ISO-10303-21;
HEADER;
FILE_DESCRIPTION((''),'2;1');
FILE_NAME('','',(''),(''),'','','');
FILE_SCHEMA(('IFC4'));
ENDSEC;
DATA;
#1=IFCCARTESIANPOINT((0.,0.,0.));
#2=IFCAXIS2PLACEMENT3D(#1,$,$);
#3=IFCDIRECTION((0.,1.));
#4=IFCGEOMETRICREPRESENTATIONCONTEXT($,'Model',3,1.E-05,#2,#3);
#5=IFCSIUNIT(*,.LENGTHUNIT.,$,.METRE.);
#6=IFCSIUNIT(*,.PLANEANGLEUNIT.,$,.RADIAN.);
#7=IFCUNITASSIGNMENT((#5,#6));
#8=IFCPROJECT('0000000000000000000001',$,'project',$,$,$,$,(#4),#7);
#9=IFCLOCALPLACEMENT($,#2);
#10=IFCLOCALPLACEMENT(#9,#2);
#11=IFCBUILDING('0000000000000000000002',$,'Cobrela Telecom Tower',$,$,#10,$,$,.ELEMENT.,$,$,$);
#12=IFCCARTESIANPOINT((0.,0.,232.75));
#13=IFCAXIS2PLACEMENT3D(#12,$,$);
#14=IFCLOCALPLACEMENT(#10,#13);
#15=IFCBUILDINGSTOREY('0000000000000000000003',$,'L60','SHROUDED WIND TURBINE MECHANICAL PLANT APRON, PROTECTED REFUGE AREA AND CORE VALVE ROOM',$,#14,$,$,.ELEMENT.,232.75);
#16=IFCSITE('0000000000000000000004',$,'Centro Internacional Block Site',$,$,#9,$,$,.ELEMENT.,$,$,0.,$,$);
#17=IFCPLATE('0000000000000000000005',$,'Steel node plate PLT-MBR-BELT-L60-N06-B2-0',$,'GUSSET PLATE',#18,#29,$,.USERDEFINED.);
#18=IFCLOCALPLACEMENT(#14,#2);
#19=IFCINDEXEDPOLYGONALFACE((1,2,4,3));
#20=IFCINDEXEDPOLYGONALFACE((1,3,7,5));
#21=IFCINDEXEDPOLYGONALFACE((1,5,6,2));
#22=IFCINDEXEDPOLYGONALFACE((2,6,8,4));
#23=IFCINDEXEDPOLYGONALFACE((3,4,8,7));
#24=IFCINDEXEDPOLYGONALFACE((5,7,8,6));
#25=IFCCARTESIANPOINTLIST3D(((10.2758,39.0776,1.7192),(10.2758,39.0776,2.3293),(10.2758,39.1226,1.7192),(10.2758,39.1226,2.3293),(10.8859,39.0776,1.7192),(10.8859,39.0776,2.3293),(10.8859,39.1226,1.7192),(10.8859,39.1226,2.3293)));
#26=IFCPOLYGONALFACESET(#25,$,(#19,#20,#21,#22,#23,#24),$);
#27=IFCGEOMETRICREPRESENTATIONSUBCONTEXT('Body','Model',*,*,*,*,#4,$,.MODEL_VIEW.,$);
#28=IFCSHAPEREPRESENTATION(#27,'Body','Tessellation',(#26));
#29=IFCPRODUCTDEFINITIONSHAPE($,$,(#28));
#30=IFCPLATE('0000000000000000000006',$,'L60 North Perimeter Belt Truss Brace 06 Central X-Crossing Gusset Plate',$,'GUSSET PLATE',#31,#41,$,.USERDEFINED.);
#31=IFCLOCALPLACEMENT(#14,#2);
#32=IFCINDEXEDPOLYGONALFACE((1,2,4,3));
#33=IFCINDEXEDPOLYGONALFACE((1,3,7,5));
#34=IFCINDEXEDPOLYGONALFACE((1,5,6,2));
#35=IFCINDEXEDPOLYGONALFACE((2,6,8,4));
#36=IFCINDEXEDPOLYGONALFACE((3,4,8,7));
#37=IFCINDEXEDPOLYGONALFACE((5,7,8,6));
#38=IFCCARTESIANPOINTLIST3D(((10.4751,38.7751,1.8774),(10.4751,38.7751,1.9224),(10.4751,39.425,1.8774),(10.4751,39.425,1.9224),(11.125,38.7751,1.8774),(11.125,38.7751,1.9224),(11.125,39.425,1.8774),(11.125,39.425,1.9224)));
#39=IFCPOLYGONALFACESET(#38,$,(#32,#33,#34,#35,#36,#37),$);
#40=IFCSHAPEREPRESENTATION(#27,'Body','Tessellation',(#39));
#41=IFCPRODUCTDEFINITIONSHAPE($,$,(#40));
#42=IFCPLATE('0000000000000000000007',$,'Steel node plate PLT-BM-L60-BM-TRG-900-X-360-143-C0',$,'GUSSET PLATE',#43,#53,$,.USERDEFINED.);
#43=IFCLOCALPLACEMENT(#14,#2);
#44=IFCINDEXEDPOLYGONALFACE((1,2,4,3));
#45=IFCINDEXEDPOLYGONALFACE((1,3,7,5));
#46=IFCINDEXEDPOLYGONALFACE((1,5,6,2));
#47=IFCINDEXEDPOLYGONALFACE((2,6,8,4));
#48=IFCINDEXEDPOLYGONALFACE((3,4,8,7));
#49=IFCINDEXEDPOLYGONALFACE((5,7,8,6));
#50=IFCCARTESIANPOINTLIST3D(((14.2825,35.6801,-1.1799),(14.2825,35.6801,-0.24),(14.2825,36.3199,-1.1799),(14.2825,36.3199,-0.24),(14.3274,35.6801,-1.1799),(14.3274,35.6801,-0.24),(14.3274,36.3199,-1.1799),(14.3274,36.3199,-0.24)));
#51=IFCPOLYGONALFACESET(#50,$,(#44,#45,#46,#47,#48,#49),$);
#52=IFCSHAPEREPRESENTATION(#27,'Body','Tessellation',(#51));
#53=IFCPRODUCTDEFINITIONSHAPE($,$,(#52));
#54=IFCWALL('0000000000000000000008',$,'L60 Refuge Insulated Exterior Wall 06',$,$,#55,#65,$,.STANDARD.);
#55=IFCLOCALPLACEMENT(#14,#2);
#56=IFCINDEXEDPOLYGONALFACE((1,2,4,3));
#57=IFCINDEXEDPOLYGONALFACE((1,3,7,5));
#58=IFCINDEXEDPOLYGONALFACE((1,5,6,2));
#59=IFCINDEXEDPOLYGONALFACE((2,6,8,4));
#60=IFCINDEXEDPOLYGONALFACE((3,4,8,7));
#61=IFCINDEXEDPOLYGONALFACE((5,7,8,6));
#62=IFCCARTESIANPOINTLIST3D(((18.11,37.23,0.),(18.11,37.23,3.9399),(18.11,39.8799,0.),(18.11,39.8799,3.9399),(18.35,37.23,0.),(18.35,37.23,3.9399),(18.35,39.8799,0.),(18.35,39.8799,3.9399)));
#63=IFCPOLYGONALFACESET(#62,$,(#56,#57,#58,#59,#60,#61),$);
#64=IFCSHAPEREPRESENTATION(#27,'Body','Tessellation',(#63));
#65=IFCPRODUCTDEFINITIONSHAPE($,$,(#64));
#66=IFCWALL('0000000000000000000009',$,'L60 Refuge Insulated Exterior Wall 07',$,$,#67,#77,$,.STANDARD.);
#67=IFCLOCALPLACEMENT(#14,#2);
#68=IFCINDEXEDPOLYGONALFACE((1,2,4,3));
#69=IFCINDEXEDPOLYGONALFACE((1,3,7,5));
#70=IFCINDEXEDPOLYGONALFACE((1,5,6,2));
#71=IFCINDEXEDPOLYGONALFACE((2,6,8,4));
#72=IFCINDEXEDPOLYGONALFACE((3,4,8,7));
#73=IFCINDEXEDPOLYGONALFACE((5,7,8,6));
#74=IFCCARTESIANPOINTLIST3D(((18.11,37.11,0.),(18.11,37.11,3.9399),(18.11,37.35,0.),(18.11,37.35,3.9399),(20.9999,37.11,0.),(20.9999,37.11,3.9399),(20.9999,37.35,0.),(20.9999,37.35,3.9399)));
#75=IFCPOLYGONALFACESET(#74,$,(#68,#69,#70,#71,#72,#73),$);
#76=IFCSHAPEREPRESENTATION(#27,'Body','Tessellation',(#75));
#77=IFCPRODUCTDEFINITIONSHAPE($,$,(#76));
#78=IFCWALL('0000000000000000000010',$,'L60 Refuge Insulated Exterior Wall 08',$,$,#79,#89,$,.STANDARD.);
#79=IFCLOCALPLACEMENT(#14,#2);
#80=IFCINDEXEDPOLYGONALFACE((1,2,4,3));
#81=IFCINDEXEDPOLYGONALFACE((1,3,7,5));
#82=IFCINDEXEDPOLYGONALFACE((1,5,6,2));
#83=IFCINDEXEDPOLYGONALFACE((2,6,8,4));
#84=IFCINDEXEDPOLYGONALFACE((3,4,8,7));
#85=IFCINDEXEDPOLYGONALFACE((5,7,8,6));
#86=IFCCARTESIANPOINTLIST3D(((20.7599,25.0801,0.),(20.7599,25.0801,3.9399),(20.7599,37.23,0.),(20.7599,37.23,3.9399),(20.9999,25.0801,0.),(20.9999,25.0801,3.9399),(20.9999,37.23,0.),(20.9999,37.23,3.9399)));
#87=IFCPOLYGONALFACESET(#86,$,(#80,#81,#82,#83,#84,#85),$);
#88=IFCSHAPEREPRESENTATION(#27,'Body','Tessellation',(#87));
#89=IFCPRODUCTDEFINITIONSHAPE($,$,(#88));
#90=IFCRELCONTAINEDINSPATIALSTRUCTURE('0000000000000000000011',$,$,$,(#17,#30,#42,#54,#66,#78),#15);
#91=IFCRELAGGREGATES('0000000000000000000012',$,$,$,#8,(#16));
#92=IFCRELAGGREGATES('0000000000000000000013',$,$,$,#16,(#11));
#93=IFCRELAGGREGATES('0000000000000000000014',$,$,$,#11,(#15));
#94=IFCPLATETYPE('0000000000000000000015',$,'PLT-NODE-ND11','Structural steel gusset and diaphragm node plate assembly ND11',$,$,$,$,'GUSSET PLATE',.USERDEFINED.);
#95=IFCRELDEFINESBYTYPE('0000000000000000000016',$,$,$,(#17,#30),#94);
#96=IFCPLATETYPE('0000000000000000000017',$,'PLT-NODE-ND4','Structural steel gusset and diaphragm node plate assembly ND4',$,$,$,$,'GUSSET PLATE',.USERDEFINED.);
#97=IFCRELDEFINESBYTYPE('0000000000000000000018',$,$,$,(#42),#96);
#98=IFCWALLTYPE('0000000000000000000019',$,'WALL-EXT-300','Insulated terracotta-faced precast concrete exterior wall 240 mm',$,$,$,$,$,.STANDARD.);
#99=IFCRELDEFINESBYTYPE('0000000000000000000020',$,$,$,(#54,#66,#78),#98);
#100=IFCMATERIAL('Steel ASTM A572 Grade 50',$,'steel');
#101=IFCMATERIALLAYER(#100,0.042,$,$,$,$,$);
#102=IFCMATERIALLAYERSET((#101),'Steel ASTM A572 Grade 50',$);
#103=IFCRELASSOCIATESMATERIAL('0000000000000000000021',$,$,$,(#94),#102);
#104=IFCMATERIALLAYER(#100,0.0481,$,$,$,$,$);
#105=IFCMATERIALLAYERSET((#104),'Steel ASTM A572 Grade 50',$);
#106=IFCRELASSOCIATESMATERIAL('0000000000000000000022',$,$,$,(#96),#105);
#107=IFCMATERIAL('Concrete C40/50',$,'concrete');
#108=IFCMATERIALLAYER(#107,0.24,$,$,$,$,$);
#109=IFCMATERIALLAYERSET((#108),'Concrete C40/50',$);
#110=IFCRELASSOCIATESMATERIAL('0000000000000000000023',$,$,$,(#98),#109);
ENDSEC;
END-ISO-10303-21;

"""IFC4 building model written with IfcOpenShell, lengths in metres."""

from ifc_helpers import new_model, si_unit, direction, frame, frame_2d, origin, origin_2d, place, context, subcontext, project, spatial, rectangle, extrude, material, layer, layer_set, type_object, element, save


model = new_model("IFC4")

# Units and contexts
model_context = context("Model", 3, precision=1e-05, world=origin(), true_north=direction((0.0, 1.0)))
body_context = subcontext(model_context, "Body", "Model", "MODEL_VIEW")
ifc_project = project(units=[si_unit("LENGTHUNIT", "METRE"), si_unit("PLANEANGLEUNIT", "RADIAN")], contexts=[model_context])

# Site, building, storey
site_placement = place(None, origin())
site = spatial("IfcSite", under=ifc_project, at=site_placement, Name="Centro Internacional Block Site", CompositionType="ELEMENT", RefElevation=0.0)
building_placement = place(site_placement, origin())
building = spatial("IfcBuilding", under=site, at=building_placement, Name="Cobrela Telecom Tower", CompositionType="ELEMENT")
storey_placement = place(building_placement, frame((0.0, 0.0, 232.75)))
storey = spatial("IfcBuildingStorey", under=building, at=storey_placement, Name="L60", Description="SHROUDED WIND TURBINE MECHANICAL PLANT APRON, PROTECTED REFUGE AREA AND CORE VALVE ROOM", CompositionType="ELEMENT", Elevation=232.75)

# Shared definitions
ifc_material_1 = material(Name="Steel ASTM A572 Grade 50", Category="steel")

# Plates
ifc_layer_1 = layer(ifc_material_1, 0.042)
ifc_layer_set_1 = layer_set([ifc_layer_1], Name="Steel ASTM A572 Grade 50")
plate_type_1 = type_object("IfcPlateType", Name="PLT-NODE-ND11", Description="Structural steel gusset and diaphragm node plate assembly ND11", ElementType="GUSSET PLATE", PredefinedType="USERDEFINED", material=ifc_layer_set_1)
for number, where, z_axis, x_axis, name in (
    (1, (10.5808, 39.1001, 1.7192), (0.0, 0.0, 1.0), (-1.0, 0.0, 0.0), "Steel node plate PLT-MBR-BELT-L60-N06-B2-0"),
):
    element("IfcPlate", number, at=place(storey_placement, frame(where, z_axis=z_axis, x_axis=x_axis)), inside=storey, type_object=plate_type_1, Name=name, ObjectType="GUSSET PLATE", PredefinedType="USERDEFINED", context=body_context, shape_type="SweptSolid", body=[
        extrude(rectangle(XDim=0.6101, YDim=0.0449, at=origin_2d()), origin(), (0.0, 0.0, 1.0), 0.6101),
    ])
plate_1_placement = place(storey_placement, frame((10.8, 39.1001, 1.8774), z_axis=(0.0, 0.0, 1.0), x_axis=(1.0, 0.0, 0.0)))
element("IfcPlate", 2, at=plate_1_placement, inside=storey, type_object=plate_type_1, Name="L60 North Perimeter Belt Truss Brace 06 Central X-Crossing Gusset Plate", ObjectType="GUSSET PLATE", PredefinedType="USERDEFINED", context=body_context, shape_type="SweptSolid", body=[
    extrude(rectangle(XDim=0.6499, YDim=0.6499, at=origin_2d()), origin(), (0.0, 0.0, 1.0), 0.0449),
])
ifc_layer_2 = layer(ifc_material_1, 0.0481)
ifc_layer_set_2 = layer_set([ifc_layer_2], Name="Steel ASTM A572 Grade 50")
plate_type_2 = type_object("IfcPlateType", Name="PLT-NODE-ND4", Description="Structural steel gusset and diaphragm node plate assembly ND4", ElementType="GUSSET PLATE", PredefinedType="USERDEFINED", material=ifc_layer_set_2)
plate_2_placement = place(storey_placement, frame((14.3049, 36.0, -1.1799), z_axis=(0.0, 0.0, 1.0), x_axis=(1.0, 0.0, 0.0)))
element("IfcPlate", 3, at=plate_2_placement, inside=storey, type_object=plate_type_2, Name="Steel node plate PLT-BM-L60-BM-TRG-900-X-360-143-C0", ObjectType="GUSSET PLATE", PredefinedType="USERDEFINED", context=body_context, shape_type="SweptSolid", body=[
    extrude(rectangle(XDim=0.0449, YDim=0.6399, at=origin_2d()), origin(), (0.0, 0.0, 1.0), 0.9399),
])

# Walls
ifc_material_2 = material(Name="Concrete C40/50", Category="concrete")
ifc_layer_3 = layer(ifc_material_2, 0.24)
ifc_layer_set_3 = layer_set([ifc_layer_3], Name="Concrete C40/50")
wall_type = type_object("IfcWallType", Name="WALL-EXT-300", Description="Insulated terracotta-faced precast concrete exterior wall 240 mm", PredefinedType="STANDARD", material=ifc_layer_set_3)
wall_1_placement = place(storey_placement, frame((18.23, 39.8799, 0.0), z_axis=(0.0, 0.0, 1.0), x_axis=(0.0, -1.0, 0.0)))
element("IfcWall", 4, at=wall_1_placement, inside=storey, type_object=wall_type, Name="L60 Refuge Insulated Exterior Wall 06", PredefinedType="STANDARD", context=body_context, shape_type="SweptSolid", body=[
    extrude(rectangle(XDim=2.6499, YDim=0.24, at=frame_2d((1.325, 0.0))), origin(), (0.0, 0.0, 1.0), 3.9399),
])
wall_2_placement = place(storey_placement, frame((18.1101, 37.23, 0.0), z_axis=(0.0, 0.0, 1.0), x_axis=(1.0, 0.0, 0.0)))
element("IfcWall", 5, at=wall_2_placement, inside=storey, type_object=wall_type, Name="L60 Refuge Insulated Exterior Wall 07", PredefinedType="STANDARD", context=body_context, shape_type="SweptSolid", body=[
    extrude(rectangle(XDim=2.8899, YDim=0.24, at=frame_2d((1.4448, 0.0))), origin(), (0.0, 0.0, 1.0), 3.9399),
])
wall_3_placement = place(storey_placement, frame((20.8799, 37.23, 0.0), z_axis=(0.0, 0.0, 1.0), x_axis=(0.0, -1.0, 0.0)))
element("IfcWall", 6, at=wall_3_placement, inside=storey, type_object=wall_type, Name="L60 Refuge Insulated Exterior Wall 08", PredefinedType="STANDARD", context=body_context, shape_type="SweptSolid", body=[
    extrude(rectangle(XDim=12.1499, YDim=0.24, at=frame_2d((6.075, 0.0))), origin(), (0.0, 0.0, 1.0), 3.9399),
])

save(model, "model.ifc")
